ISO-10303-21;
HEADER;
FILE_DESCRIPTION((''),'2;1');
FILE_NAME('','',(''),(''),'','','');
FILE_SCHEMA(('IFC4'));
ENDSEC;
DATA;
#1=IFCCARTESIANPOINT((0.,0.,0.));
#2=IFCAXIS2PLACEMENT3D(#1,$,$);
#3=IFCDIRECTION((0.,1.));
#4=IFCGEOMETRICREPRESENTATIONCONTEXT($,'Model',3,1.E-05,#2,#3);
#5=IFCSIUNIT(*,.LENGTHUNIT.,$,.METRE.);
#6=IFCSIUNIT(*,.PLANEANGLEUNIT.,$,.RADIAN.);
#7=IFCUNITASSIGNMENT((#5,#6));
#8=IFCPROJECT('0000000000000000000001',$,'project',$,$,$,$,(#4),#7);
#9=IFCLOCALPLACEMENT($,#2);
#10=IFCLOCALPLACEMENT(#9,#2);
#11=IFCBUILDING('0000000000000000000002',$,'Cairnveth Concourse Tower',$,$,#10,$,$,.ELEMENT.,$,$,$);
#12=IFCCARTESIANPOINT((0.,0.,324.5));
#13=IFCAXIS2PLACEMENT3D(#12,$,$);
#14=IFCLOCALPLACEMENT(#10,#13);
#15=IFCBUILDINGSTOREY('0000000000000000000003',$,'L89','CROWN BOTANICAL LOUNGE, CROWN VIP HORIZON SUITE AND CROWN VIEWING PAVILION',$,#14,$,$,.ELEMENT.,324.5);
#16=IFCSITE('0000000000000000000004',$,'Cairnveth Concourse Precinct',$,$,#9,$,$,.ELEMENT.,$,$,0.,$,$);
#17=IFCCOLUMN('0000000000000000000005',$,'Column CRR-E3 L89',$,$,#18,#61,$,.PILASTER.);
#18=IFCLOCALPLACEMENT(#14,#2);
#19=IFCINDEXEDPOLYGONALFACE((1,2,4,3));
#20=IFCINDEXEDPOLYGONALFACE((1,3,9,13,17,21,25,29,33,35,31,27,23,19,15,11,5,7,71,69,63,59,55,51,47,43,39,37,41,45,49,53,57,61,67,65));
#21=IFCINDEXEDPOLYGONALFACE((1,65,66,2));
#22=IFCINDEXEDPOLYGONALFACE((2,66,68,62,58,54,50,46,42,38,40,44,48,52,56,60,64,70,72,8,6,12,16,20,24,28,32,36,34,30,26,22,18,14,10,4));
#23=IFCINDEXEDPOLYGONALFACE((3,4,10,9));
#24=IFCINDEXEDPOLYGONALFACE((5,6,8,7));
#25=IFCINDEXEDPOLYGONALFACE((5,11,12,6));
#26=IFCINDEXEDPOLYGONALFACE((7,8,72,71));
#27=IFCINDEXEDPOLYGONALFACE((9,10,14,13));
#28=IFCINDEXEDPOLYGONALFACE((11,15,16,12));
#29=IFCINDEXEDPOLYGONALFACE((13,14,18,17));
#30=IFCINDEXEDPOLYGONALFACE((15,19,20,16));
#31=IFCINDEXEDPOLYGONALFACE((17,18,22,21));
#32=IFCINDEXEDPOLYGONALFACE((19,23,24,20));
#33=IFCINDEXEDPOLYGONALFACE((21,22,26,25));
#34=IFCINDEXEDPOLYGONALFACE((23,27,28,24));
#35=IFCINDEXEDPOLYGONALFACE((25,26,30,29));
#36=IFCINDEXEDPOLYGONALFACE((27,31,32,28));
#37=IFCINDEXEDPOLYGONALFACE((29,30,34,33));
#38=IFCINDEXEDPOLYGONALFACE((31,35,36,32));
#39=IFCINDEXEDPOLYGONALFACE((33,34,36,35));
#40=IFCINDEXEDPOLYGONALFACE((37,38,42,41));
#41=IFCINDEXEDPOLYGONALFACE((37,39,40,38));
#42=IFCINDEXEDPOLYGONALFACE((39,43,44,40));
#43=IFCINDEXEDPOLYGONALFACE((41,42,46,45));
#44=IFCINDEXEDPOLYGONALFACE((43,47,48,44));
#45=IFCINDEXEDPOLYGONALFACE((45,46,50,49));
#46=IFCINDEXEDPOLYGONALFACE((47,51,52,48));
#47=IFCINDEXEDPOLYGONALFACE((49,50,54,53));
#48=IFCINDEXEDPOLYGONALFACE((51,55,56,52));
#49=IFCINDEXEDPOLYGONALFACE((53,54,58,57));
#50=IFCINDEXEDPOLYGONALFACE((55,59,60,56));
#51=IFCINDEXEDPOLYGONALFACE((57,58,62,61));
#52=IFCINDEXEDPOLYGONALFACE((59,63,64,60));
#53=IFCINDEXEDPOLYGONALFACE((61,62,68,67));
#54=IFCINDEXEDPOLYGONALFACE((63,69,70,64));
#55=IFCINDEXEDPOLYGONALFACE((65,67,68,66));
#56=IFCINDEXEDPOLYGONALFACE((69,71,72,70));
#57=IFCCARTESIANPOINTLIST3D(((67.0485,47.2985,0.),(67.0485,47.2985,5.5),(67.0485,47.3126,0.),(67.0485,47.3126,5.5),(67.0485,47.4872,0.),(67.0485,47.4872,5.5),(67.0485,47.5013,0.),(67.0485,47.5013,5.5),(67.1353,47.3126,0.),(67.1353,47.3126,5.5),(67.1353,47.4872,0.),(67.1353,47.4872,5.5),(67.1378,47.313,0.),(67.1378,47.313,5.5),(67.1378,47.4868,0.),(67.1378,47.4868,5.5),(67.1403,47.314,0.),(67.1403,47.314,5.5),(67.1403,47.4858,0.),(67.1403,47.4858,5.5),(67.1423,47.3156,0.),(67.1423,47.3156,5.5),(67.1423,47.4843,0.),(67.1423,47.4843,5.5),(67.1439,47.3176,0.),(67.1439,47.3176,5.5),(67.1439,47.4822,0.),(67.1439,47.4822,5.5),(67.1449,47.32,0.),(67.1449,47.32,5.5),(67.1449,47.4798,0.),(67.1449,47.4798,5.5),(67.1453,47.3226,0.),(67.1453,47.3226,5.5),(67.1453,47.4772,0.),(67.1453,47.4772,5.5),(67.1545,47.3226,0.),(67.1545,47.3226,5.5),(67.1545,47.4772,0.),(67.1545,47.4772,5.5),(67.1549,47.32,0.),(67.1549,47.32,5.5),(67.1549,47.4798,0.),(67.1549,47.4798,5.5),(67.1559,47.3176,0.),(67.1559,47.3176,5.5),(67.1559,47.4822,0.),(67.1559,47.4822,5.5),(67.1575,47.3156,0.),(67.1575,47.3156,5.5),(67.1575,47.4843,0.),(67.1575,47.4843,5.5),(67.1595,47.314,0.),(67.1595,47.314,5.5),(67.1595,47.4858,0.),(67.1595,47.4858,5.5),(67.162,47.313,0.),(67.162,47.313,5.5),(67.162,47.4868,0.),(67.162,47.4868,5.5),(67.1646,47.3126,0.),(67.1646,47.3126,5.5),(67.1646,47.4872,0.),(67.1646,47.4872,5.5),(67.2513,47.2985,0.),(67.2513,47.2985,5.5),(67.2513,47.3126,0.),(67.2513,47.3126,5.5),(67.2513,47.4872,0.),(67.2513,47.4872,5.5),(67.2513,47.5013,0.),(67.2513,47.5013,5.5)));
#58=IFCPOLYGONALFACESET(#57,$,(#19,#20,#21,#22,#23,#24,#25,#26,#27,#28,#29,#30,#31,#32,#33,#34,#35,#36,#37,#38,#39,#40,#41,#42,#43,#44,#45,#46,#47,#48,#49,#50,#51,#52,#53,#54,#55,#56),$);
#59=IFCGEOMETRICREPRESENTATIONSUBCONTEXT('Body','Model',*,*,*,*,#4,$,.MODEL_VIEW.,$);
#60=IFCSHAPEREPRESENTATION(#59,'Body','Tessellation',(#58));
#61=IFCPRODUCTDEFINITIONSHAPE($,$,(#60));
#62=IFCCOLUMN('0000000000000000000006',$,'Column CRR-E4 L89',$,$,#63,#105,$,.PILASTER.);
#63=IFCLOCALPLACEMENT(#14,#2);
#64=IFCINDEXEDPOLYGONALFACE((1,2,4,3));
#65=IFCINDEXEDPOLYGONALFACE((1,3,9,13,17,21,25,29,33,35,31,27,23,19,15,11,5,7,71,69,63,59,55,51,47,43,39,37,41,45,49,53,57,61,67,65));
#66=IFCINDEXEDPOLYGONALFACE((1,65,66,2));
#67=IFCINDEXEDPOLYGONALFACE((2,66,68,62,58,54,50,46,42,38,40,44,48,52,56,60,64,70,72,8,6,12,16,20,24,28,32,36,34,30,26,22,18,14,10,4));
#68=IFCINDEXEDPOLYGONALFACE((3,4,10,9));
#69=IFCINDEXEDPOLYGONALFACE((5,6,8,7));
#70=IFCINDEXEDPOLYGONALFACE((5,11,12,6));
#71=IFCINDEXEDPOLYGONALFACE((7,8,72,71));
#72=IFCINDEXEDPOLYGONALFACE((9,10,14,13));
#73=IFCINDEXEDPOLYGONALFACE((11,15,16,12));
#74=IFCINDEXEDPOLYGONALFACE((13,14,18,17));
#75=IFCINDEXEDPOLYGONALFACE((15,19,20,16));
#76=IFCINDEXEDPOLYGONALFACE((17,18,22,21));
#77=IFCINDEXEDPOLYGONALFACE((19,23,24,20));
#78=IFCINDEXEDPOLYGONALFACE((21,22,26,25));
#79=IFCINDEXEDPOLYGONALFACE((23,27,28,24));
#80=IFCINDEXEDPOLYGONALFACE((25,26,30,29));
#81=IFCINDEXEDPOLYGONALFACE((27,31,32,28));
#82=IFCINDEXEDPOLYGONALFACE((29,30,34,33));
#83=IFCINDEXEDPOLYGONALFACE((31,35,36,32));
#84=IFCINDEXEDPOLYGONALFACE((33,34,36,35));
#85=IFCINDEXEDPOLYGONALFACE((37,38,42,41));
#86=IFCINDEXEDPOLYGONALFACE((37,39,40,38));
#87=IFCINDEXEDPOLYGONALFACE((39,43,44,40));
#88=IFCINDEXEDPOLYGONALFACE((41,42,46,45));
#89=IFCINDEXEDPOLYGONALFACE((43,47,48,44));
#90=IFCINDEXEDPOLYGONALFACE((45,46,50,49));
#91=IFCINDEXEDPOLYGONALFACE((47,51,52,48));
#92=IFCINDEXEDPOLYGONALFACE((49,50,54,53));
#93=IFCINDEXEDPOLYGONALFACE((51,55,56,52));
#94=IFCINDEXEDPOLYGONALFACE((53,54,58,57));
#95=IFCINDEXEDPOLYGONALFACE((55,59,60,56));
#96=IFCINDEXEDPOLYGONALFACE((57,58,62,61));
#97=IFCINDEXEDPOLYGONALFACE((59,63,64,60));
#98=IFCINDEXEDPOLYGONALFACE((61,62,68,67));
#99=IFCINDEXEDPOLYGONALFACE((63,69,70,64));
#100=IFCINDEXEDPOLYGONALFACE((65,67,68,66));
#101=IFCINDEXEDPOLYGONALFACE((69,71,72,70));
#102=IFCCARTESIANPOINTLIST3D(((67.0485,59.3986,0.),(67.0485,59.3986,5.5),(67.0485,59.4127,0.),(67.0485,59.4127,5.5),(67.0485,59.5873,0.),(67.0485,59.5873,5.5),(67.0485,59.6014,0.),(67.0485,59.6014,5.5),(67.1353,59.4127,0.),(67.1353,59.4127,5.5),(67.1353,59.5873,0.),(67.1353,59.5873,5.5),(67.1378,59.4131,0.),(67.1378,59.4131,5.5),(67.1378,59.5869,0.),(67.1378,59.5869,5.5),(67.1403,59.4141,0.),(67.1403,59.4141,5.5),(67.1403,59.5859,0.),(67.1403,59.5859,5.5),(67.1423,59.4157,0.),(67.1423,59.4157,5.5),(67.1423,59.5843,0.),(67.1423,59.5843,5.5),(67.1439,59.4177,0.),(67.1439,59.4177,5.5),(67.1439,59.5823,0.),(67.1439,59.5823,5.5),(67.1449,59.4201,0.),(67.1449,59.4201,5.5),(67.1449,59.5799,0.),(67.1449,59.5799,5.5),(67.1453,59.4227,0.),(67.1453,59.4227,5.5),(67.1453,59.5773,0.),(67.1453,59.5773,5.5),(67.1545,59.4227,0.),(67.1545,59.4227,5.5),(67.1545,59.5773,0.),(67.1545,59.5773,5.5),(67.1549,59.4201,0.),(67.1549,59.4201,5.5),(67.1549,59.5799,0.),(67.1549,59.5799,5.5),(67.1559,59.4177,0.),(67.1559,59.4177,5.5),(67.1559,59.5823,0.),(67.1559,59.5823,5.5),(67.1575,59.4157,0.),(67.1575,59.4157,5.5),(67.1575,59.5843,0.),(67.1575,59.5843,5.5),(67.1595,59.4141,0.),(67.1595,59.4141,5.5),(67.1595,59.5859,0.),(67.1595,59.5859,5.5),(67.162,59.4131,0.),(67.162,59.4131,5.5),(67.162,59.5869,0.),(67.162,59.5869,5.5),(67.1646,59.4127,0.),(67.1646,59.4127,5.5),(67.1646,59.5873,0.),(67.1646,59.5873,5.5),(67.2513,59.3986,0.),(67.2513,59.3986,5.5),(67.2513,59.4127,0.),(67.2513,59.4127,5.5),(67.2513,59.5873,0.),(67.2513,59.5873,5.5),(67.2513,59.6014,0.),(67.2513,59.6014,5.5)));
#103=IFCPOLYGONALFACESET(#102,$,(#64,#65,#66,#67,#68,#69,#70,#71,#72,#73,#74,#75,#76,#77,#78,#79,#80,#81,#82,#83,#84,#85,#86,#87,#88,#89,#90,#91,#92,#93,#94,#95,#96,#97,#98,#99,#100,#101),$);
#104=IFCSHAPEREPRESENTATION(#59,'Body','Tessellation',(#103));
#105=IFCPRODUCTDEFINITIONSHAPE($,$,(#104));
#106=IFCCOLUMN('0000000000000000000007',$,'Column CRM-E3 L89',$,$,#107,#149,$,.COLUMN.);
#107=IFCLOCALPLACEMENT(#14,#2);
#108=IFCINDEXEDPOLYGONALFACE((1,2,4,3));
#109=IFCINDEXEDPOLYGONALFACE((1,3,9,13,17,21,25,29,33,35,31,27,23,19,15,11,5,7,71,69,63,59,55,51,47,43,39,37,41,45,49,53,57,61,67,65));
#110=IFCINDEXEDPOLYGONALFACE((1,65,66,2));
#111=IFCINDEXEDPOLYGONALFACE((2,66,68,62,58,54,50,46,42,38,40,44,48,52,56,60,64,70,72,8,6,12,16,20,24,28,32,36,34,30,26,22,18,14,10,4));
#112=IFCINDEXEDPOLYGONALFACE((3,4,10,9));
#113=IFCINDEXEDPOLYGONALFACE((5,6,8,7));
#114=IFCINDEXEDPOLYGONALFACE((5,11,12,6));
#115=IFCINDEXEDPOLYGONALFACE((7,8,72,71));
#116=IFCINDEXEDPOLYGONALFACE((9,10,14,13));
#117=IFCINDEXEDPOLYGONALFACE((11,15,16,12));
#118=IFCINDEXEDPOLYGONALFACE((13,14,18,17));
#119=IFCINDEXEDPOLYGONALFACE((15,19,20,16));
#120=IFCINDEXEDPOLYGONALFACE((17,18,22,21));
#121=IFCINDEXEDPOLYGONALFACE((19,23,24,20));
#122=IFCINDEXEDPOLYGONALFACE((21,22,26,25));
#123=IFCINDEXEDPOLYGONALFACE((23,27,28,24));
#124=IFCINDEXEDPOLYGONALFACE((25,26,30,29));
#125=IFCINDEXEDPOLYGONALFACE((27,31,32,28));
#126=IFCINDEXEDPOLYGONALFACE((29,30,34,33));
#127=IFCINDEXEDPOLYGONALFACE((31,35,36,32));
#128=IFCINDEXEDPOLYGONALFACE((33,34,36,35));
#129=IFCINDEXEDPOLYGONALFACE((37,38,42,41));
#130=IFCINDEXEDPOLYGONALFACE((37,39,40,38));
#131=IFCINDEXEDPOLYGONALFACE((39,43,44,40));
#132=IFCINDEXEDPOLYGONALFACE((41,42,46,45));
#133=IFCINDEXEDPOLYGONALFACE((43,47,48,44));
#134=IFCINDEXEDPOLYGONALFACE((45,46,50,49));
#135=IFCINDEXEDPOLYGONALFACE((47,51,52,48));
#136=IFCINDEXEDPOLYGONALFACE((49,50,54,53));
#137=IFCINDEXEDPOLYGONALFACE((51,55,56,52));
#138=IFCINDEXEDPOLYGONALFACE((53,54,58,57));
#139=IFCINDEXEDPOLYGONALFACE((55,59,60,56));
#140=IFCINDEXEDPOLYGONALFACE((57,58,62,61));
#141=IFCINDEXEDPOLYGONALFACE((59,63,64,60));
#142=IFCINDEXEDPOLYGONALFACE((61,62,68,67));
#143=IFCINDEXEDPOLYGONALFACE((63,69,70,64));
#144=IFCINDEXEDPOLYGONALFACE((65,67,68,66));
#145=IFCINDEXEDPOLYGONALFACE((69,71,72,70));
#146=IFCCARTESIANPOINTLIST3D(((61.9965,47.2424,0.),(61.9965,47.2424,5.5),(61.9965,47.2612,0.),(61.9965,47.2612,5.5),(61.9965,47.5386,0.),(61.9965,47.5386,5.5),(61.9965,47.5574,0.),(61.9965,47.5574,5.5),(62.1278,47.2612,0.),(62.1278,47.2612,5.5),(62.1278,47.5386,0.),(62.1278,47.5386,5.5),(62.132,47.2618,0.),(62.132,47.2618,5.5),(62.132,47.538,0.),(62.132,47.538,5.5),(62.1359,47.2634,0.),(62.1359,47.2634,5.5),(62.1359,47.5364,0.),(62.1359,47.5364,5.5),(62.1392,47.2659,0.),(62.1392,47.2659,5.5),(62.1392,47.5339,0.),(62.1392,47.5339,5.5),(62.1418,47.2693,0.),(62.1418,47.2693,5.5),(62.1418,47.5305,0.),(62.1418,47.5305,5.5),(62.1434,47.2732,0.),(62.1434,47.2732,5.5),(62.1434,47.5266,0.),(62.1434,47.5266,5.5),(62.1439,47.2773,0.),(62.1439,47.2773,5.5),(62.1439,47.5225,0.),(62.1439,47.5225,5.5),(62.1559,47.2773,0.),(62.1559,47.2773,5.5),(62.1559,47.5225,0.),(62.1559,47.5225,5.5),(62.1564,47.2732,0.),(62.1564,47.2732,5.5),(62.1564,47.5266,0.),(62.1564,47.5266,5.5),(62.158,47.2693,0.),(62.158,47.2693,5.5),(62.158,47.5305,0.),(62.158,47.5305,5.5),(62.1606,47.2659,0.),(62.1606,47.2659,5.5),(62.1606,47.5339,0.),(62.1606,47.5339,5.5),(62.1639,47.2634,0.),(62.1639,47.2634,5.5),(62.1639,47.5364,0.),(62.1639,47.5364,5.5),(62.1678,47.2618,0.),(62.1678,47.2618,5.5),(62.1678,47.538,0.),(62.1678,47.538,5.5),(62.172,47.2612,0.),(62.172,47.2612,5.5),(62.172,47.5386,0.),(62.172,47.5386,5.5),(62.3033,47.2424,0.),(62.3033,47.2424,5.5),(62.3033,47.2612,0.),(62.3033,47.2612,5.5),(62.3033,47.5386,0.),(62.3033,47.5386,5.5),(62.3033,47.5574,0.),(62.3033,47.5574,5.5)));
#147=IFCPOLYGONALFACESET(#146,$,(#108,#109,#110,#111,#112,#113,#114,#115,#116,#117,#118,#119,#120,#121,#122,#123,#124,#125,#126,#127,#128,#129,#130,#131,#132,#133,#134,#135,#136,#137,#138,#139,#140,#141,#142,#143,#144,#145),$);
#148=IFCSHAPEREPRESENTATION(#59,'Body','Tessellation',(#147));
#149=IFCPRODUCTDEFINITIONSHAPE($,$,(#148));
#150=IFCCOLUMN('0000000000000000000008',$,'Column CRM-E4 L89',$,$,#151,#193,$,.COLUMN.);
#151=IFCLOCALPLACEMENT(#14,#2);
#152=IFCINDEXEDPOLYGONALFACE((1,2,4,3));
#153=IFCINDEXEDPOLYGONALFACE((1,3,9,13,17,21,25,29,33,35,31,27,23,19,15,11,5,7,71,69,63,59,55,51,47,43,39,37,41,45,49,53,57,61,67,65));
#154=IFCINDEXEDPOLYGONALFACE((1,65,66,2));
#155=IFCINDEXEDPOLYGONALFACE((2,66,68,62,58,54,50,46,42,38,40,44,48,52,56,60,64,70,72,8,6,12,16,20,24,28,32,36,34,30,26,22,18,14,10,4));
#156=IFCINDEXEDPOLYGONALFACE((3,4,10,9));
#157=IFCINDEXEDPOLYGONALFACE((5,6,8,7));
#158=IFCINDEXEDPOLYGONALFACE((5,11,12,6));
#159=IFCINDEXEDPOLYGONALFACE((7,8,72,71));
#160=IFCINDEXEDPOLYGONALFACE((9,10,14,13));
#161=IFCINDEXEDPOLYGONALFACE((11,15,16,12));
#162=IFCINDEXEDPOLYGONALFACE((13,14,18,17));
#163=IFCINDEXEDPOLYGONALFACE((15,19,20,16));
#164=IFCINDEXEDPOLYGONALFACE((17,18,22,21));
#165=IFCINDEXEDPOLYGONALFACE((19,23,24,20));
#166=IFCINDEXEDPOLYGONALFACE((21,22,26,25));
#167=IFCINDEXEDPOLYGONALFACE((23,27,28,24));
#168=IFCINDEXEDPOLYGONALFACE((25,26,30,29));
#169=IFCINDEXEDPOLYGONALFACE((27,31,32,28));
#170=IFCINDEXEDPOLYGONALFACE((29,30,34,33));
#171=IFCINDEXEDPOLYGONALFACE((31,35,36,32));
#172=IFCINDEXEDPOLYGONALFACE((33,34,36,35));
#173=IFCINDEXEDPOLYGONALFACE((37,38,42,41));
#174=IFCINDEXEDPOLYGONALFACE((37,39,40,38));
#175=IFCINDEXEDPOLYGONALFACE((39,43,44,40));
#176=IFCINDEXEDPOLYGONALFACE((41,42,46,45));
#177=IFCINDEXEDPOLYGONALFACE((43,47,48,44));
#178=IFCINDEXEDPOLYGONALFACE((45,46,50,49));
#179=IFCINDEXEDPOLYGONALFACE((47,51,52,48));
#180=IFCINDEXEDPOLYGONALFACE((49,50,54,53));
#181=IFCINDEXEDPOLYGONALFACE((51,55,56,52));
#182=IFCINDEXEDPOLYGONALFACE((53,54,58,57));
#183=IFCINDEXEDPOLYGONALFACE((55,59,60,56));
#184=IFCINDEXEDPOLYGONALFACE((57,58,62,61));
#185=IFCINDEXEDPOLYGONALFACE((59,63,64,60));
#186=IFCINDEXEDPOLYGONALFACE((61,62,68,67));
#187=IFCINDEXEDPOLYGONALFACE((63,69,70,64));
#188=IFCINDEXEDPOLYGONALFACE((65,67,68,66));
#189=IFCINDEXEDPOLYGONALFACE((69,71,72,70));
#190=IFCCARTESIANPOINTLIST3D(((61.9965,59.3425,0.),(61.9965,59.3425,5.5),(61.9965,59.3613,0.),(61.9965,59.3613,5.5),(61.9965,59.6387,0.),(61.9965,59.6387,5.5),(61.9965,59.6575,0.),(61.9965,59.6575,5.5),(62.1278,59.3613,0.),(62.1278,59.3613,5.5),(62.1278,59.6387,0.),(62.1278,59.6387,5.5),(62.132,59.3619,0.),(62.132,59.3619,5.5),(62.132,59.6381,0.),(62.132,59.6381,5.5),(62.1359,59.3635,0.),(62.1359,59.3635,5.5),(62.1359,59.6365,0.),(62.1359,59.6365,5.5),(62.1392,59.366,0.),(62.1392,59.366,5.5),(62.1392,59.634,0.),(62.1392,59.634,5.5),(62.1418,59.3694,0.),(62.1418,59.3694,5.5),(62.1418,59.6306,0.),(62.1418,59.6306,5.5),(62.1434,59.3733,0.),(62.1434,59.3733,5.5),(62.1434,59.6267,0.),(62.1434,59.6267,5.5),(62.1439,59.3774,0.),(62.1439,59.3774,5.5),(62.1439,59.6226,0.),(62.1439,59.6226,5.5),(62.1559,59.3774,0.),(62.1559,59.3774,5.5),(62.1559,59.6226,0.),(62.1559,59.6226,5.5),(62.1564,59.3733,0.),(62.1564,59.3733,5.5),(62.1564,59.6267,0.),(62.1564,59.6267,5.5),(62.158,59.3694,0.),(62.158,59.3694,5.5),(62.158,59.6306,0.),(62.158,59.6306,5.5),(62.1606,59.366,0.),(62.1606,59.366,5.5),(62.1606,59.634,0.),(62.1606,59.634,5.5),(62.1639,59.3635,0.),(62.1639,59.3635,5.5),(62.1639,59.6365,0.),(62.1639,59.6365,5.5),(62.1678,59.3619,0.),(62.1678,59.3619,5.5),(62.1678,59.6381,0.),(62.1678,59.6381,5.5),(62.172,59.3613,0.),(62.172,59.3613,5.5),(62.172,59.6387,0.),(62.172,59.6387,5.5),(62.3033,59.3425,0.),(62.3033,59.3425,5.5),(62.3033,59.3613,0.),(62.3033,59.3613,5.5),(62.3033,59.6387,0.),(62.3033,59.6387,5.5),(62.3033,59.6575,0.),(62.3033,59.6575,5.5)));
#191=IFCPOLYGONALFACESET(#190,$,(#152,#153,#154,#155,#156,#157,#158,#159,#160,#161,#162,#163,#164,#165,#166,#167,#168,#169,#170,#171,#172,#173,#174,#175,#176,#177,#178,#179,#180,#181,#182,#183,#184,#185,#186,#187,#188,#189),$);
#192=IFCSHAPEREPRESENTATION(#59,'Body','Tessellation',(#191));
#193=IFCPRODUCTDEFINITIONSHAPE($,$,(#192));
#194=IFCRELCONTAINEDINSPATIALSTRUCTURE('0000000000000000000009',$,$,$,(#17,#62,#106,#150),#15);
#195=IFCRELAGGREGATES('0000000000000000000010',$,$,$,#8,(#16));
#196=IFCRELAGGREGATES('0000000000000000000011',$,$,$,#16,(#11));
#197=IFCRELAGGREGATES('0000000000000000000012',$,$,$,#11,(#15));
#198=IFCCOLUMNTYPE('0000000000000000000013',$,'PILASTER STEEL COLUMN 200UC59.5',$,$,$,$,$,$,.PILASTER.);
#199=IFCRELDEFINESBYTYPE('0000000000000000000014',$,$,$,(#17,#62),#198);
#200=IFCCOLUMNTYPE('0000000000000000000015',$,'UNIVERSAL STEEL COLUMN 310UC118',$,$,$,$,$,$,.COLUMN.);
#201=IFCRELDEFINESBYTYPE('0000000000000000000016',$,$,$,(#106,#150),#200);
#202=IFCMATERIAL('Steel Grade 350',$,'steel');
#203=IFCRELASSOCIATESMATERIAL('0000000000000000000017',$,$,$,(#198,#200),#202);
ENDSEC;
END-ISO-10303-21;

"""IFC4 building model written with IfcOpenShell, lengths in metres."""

from ifc_helpers import new_model, si_unit, direction, frame, origin, origin_2d, place, context, subcontext, project, spatial, i_section, extrude, material, material_profile, profile_set, type_object, element, save


model = new_model("IFC4")

# Units and contexts
model_context = context("Model", 3, precision=1e-05, world=origin(), true_north=direction((0.0, 1.0)))
body_context = subcontext(model_context, "Body", "Model", "MODEL_VIEW")
ifc_project = project(units=[si_unit("LENGTHUNIT", "METRE"), si_unit("PLANEANGLEUNIT", "RADIAN")], contexts=[model_context])

# Site, building, storey
site_placement = place(None, origin())
site = spatial("IfcSite", under=ifc_project, at=site_placement, Name="Cairnveth Concourse Precinct", CompositionType="ELEMENT", RefElevation=0.0)
building_placement = place(site_placement, origin())
building = spatial("IfcBuilding", under=site, at=building_placement, Name="Cairnveth Concourse Tower", CompositionType="ELEMENT")
storey_placement = place(building_placement, frame((0.0, 0.0, 324.5)))
storey = spatial("IfcBuildingStorey", under=building, at=storey_placement, Name="L89", Description="CROWN BOTANICAL LOUNGE, CROWN VIP HORIZON SUITE AND CROWN VIEWING PAVILION", CompositionType="ELEMENT", Elevation=324.5)

# Columns
ifc_material_1 = material(Name="Steel Grade 350", Category="steel")
ifc_material_profile_1 = material_profile(ifc_material_1, i_section(OverallWidth=0.2029, OverallDepth=0.2029, WebThickness=0.0093, FlangeThickness=0.0142, FilletRadius=0.01, at=origin_2d()), Name="200UC59.5")
ifc_profile_set_1 = profile_set([ifc_material_profile_1], Name="Steel Grade 350")
column_type_1 = type_object("IfcColumnType", Name="PILASTER STEEL COLUMN 200UC59.5", PredefinedType="PILASTER", material=ifc_profile_set_1)
for number, where, z_axis, x_axis, name in (
    (1, (67.1499, 47.3999, 0.0), (0.0, 0.0, 1.0), (1.0, 0.0, 0.0), "Column CRR-E3 L89"),
    (2, (67.1499, 59.5, 0.0), (0.0, 0.0, 1.0), (1.0, 0.0, 0.0), "Column CRR-E4 L89"),
):
    element("IfcColumn", number, at=place(storey_placement, frame(where, z_axis=z_axis, x_axis=x_axis)), inside=storey, type_object=column_type_1, Name=name, PredefinedType="PILASTER", context=body_context, shape_type="SweptSolid", body=[
        extrude(i_section(OverallWidth=0.2029, OverallDepth=0.2029, WebThickness=0.0093, FlangeThickness=0.0142, FilletRadius=0.01, at=origin_2d()), origin(), (0.0, 0.0, 1.0), 5.5),
    ])
ifc_material_profile_2 = material_profile(ifc_material_1, i_section(OverallWidth=0.3069, OverallDepth=0.3149, WebThickness=0.012, FlangeThickness=0.0188, FilletRadius=0.0161, at=origin_2d()), Name="310UC118")
ifc_profile_set_2 = profile_set([ifc_material_profile_2], Name="Steel Grade 350")
column_type_2 = type_object("IfcColumnType", Name="UNIVERSAL STEEL COLUMN 310UC118", PredefinedType="COLUMN", material=ifc_profile_set_2)
for number, where, z_axis, x_axis, name in (
    (3, (62.1499, 47.3999, 0.0), (0.0, 0.0, 1.0), (1.0, 0.0, 0.0), "Column CRM-E3 L89"),
    (4, (62.1499, 59.5, 0.0), (0.0, 0.0, 1.0), (1.0, 0.0, 0.0), "Column CRM-E4 L89"),
):
    element("IfcColumn", number, at=place(storey_placement, frame(where, z_axis=z_axis, x_axis=x_axis)), inside=storey, type_object=column_type_2, Name=name, PredefinedType="COLUMN", context=body_context, shape_type="SweptSolid", body=[
        extrude(i_section(OverallWidth=0.3069, OverallDepth=0.3149, WebThickness=0.012, FlangeThickness=0.0188, FilletRadius=0.0161, at=origin_2d()), origin(), (0.0, 0.0, 1.0), 5.5),
    ])

save(model, "model.ifc")
